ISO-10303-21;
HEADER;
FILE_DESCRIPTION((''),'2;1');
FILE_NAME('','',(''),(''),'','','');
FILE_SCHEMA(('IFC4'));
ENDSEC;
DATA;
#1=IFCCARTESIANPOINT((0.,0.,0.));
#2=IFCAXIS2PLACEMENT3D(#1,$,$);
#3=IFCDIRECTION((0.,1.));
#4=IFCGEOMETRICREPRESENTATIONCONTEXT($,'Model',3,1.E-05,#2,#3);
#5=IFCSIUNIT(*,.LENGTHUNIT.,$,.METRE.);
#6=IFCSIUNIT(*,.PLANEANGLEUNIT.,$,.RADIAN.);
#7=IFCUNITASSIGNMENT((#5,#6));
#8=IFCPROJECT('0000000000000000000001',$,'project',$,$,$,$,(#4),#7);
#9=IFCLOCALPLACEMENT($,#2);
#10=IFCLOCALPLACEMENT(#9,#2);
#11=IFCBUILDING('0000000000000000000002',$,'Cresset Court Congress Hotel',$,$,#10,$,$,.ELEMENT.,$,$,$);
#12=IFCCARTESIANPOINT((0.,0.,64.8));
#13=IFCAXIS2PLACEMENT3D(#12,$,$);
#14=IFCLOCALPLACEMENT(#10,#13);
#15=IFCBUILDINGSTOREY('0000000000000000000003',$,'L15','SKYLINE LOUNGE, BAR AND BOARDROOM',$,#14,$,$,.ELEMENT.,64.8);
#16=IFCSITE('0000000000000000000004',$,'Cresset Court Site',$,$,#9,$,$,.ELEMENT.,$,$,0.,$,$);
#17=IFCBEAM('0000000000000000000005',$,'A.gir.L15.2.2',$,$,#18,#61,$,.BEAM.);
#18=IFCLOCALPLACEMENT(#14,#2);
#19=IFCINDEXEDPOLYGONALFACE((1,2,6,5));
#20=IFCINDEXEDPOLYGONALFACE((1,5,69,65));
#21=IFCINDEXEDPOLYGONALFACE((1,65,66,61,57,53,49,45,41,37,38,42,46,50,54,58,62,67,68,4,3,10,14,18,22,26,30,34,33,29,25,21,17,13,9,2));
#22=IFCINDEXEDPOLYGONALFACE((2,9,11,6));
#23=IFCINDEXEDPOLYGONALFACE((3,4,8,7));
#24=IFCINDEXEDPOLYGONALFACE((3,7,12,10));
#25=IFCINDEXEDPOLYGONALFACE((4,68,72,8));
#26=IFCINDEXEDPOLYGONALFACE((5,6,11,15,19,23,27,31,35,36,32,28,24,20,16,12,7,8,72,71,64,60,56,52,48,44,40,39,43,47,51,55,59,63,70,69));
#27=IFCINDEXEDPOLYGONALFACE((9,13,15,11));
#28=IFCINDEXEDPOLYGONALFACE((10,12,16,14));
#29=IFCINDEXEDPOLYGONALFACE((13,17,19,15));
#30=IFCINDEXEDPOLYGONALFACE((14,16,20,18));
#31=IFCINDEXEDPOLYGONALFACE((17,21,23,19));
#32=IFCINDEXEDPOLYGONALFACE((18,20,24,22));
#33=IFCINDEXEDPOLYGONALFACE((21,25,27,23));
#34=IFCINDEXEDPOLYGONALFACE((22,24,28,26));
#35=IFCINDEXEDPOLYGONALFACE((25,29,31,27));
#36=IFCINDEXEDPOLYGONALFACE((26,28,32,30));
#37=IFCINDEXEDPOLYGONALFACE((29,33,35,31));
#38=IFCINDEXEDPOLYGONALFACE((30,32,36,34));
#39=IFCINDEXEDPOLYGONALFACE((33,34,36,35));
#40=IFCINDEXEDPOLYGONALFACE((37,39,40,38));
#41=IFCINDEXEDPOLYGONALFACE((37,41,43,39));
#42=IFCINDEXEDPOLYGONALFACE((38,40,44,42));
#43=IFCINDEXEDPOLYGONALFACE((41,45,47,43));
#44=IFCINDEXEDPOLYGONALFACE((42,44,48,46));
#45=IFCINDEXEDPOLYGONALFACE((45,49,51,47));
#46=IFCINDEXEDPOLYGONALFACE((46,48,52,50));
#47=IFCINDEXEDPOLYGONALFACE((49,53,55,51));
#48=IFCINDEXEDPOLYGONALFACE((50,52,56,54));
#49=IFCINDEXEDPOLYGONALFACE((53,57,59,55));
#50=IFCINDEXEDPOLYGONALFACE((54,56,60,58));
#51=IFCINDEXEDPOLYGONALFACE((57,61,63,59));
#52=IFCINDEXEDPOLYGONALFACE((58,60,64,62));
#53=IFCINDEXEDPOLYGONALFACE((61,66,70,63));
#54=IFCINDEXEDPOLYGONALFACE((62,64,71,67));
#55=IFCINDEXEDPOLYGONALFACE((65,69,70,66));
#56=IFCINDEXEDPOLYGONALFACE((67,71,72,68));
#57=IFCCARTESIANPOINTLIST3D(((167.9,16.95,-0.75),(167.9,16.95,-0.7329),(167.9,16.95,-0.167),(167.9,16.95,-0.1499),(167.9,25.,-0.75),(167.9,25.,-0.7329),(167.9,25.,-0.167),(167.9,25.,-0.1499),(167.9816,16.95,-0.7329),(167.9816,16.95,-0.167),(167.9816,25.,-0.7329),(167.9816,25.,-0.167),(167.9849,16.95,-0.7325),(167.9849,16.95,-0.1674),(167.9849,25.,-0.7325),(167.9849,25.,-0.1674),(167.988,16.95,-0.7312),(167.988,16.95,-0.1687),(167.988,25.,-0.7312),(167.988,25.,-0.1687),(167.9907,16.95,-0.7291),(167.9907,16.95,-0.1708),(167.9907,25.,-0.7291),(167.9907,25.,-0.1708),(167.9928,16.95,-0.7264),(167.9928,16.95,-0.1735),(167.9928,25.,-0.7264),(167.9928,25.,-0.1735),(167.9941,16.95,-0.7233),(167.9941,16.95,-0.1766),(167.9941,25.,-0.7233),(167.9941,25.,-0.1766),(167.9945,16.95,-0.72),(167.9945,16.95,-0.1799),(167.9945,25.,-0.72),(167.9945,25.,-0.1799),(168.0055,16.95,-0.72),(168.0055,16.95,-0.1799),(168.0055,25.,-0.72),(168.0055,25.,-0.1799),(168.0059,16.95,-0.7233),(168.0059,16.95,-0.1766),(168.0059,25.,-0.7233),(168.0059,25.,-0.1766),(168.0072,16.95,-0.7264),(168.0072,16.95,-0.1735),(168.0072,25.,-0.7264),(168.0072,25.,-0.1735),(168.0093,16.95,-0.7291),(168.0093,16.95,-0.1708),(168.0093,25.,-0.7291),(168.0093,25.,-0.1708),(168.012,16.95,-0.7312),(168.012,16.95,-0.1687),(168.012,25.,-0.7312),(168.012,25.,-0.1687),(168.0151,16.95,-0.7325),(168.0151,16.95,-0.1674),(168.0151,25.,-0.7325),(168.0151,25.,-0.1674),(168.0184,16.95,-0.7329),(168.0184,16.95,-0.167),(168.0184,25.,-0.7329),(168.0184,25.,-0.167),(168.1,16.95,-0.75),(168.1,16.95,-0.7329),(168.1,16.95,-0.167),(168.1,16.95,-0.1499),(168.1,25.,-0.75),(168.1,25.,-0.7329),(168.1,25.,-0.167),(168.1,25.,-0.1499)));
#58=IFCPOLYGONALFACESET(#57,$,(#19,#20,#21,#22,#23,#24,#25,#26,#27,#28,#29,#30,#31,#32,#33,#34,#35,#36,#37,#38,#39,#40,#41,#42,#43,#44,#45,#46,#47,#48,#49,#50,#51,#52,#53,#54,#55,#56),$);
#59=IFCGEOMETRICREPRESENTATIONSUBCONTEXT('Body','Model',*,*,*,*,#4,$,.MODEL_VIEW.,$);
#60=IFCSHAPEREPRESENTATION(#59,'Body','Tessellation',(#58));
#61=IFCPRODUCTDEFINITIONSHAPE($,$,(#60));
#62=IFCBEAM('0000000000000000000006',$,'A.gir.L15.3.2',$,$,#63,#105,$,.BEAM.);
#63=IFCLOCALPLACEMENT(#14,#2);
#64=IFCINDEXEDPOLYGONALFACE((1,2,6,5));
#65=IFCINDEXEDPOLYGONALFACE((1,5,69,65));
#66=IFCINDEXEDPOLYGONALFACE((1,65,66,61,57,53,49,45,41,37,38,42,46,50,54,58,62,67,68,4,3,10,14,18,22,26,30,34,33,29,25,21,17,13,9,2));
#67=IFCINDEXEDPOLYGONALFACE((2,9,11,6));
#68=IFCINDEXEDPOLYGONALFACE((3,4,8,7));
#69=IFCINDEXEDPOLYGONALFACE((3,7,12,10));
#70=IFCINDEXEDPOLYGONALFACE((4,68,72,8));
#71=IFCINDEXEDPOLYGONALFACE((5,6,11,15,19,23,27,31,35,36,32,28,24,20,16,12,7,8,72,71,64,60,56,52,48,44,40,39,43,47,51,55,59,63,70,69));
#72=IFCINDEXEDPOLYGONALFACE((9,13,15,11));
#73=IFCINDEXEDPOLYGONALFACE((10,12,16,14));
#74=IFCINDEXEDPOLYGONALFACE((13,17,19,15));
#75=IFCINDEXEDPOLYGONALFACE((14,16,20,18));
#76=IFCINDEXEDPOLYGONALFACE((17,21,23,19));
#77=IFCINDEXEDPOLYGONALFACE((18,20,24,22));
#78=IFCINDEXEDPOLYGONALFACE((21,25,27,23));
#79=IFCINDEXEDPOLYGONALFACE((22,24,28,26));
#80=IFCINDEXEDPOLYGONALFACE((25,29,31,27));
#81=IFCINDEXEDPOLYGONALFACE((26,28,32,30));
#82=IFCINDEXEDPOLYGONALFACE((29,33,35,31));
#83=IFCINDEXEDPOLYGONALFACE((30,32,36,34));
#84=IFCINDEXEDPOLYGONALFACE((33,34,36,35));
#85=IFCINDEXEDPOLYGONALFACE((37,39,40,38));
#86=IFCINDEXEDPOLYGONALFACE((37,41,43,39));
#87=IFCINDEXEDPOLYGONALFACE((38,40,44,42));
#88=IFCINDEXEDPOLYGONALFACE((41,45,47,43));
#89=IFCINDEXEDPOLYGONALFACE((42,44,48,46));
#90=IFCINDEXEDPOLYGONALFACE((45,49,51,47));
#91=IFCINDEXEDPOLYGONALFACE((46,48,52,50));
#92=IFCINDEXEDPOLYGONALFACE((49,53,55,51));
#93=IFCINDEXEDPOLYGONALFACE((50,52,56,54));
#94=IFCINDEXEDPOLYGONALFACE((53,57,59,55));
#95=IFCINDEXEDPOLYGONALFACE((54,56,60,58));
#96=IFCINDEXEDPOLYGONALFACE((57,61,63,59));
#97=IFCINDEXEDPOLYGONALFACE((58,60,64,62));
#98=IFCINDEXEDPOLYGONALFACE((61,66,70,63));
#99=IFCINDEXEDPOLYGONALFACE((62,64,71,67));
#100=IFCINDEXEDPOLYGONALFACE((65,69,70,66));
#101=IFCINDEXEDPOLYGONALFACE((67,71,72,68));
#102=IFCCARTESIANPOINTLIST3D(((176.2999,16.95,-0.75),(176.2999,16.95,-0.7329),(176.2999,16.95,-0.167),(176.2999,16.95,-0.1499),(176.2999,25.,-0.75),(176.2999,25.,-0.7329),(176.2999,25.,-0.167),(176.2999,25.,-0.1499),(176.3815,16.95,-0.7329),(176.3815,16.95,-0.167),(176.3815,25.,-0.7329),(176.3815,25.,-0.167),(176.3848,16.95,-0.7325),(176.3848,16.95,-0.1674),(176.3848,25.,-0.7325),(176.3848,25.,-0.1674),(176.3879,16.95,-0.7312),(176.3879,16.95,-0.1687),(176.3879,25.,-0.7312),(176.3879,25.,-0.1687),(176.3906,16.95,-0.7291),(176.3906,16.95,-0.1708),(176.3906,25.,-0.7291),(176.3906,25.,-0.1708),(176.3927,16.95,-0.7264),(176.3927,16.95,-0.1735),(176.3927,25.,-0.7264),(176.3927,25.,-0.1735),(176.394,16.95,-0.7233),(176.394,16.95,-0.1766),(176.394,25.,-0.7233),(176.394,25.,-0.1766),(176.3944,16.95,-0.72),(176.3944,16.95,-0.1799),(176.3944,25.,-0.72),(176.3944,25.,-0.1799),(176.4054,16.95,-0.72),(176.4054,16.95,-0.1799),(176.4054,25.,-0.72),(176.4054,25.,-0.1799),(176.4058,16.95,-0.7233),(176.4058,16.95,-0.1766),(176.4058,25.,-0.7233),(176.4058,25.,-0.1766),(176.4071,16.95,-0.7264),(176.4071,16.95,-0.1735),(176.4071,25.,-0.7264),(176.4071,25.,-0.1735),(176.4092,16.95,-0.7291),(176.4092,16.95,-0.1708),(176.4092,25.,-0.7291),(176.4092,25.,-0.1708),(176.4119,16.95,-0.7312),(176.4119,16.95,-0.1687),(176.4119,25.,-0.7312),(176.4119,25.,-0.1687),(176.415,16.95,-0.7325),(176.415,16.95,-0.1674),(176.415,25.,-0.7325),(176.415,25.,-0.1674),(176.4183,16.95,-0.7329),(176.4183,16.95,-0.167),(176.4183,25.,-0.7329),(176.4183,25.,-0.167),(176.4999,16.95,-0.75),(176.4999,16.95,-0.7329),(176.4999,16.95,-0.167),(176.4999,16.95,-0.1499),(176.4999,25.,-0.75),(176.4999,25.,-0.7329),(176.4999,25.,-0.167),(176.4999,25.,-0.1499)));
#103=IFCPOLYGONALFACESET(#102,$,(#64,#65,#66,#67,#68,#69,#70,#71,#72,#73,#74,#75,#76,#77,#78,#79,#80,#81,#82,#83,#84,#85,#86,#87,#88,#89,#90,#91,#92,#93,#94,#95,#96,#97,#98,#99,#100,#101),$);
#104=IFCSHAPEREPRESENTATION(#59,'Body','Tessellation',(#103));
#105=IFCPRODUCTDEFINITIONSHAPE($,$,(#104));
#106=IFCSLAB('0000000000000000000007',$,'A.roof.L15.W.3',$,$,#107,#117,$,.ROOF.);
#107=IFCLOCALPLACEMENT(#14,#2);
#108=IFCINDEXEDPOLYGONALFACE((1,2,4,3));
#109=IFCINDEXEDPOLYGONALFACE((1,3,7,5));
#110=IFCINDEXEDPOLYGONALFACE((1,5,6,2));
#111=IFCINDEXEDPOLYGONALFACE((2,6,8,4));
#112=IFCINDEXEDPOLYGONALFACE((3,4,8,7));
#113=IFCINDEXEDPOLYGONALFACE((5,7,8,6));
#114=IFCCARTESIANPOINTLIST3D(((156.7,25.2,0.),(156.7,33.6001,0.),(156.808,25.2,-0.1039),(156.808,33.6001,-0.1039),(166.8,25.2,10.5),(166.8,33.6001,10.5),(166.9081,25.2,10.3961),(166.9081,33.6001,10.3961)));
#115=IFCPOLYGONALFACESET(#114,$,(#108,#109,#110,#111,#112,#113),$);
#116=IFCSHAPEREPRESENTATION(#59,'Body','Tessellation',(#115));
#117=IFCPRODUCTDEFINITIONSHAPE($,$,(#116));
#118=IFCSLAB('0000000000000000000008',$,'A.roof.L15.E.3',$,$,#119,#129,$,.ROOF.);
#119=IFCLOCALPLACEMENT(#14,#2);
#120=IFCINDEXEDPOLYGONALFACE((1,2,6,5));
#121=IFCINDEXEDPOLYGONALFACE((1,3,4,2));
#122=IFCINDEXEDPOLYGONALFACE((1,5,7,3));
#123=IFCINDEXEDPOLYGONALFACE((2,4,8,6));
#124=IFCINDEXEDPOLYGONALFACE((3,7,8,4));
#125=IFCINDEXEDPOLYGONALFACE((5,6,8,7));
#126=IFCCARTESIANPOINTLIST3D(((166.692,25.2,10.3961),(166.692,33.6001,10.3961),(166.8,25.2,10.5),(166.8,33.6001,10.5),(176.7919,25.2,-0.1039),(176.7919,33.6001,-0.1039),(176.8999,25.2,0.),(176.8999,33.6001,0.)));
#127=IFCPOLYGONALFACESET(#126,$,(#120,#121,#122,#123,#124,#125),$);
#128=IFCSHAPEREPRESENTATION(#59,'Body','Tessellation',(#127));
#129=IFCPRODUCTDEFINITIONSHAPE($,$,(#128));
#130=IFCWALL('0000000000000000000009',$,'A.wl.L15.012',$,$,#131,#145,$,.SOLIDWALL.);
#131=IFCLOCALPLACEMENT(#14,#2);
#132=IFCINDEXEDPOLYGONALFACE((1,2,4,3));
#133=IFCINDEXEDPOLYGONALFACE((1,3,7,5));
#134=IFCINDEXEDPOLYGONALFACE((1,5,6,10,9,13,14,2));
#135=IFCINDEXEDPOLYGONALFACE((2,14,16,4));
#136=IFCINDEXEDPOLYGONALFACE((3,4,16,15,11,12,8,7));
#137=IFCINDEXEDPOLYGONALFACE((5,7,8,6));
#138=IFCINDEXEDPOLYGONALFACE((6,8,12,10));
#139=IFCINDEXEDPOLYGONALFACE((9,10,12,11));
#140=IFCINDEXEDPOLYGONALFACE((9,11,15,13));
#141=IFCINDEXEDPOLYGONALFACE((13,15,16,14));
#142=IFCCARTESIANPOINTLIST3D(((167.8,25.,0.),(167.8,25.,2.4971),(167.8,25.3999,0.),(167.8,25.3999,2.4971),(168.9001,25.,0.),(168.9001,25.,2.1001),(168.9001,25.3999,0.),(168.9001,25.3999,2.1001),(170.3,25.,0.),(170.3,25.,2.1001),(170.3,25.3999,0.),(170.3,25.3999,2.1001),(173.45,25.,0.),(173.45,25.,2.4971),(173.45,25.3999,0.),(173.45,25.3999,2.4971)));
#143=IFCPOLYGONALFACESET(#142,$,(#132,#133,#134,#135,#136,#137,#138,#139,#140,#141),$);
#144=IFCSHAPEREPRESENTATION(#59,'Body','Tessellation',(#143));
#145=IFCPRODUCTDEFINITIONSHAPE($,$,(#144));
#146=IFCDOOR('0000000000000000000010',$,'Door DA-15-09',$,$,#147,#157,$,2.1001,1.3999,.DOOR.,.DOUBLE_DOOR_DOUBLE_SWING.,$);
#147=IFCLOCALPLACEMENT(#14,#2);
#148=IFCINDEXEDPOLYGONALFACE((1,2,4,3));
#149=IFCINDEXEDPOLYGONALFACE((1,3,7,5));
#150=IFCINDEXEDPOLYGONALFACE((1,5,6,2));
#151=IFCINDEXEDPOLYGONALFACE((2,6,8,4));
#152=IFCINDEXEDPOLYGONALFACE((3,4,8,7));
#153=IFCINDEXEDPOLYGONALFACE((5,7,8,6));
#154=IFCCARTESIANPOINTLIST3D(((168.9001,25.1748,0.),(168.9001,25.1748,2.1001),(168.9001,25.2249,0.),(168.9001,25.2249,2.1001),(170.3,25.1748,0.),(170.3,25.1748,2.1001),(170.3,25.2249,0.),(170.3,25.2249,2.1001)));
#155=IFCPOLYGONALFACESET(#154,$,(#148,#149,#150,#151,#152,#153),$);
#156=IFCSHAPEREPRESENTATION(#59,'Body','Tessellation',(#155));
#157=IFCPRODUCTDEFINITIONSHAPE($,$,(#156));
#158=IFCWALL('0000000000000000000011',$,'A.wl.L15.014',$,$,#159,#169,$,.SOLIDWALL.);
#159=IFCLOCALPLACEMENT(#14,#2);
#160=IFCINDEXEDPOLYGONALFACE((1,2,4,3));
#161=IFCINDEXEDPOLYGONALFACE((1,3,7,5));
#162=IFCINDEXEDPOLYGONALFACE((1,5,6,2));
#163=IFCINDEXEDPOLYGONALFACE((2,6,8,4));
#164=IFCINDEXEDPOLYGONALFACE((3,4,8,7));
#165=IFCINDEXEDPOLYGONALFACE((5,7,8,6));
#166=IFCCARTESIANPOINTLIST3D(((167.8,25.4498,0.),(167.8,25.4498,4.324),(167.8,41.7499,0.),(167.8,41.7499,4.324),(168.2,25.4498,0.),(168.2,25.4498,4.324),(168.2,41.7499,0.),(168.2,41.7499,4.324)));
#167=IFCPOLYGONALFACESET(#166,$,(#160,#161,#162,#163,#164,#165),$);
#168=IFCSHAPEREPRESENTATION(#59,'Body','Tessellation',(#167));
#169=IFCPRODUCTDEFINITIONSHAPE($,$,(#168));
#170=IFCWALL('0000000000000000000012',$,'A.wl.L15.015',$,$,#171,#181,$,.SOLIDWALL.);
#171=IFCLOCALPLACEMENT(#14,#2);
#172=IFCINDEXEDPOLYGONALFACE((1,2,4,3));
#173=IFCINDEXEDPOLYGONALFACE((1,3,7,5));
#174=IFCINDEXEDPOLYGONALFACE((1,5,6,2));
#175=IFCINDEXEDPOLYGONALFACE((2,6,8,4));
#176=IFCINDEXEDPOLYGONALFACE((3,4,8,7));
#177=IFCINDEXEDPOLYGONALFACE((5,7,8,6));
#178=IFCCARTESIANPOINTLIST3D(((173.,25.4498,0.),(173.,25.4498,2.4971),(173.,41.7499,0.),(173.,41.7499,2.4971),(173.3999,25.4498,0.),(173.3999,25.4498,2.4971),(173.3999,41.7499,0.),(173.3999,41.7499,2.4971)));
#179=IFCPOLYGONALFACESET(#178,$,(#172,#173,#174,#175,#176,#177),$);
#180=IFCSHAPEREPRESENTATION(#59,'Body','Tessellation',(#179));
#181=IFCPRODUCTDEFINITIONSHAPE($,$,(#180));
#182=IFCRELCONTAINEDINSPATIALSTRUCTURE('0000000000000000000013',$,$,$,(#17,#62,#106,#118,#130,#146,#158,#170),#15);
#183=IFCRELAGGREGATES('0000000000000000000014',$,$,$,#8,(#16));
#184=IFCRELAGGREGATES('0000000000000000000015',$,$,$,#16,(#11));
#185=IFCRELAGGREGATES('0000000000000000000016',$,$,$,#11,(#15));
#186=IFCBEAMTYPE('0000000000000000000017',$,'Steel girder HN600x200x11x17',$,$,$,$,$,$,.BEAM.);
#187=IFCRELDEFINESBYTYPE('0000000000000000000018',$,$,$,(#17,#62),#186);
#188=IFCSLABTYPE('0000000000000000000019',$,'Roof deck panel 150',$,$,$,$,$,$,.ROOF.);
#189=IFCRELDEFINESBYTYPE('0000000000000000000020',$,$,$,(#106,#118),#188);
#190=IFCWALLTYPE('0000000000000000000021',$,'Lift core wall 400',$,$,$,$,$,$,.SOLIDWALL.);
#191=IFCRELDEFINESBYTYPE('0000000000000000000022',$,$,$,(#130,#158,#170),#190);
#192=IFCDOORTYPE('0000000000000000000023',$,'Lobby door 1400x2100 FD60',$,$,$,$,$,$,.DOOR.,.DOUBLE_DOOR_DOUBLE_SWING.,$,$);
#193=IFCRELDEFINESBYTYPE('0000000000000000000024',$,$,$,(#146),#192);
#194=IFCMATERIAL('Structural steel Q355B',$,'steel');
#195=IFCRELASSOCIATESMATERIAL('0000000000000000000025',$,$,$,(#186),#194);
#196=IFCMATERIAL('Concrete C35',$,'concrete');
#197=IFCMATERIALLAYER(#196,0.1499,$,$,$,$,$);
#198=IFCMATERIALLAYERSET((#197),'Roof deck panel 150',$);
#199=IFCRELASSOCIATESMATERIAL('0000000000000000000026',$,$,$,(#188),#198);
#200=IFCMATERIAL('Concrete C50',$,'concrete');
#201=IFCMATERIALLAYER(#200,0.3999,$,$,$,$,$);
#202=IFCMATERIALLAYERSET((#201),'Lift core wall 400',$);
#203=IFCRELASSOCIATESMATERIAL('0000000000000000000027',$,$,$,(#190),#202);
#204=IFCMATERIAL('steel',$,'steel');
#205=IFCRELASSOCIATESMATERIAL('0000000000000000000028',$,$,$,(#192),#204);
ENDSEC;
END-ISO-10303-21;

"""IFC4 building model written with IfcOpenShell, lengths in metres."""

from ifc_helpers import new_model, si_unit, direction, frame, frame_2d, origin, origin_2d, place, context, subcontext, project, spatial, polyline, rectangle, i_section, outline, extrude, material, layer, layer_set, material_profile, profile_set, type_object, element, fill, save


model = new_model("IFC4")

# Units and contexts
model_context = context("Model", 3, precision=1e-05, world=origin(), true_north=direction((0.0, 1.0)))
body_context = subcontext(model_context, "Body", "Model", "MODEL_VIEW")
ifc_project = project(units=[si_unit("LENGTHUNIT", "METRE"), si_unit("PLANEANGLEUNIT", "RADIAN")], contexts=[model_context])

# Site, building, storey
site_placement = place(None, origin())
site = spatial("IfcSite", under=ifc_project, at=site_placement, Name="Cresset Court Site", CompositionType="ELEMENT", RefElevation=0.0)
building_placement = place(site_placement, origin())
building = spatial("IfcBuilding", under=site, at=building_placement, Name="Cresset Court Congress Hotel", CompositionType="ELEMENT")
storey_placement = place(building_placement, frame((0.0, 0.0, 64.8)))
storey = spatial("IfcBuildingStorey", under=building, at=storey_placement, Name="L15", Description="SKYLINE LOUNGE, BAR AND BOARDROOM", CompositionType="ELEMENT", Elevation=64.8)

# Beams
ifc_material_1 = material(Name="Structural steel Q355B", Category="steel")
ifc_material_profile_1 = material_profile(ifc_material_1, i_section(OverallWidth=0.2, OverallDepth=0.6001, WebThickness=0.011, FlangeThickness=0.0171, FilletRadius=0.0129, at=origin_2d()), Name="HN600x200x11x17")
ifc_profile_set_1 = profile_set([ifc_material_profile_1], Name="Structural steel Q355B")
beam_type_1 = type_object("IfcBeamType", Name="Steel girder HN600x200x11x17", PredefinedType="BEAM", material=ifc_profile_set_1)
for number, where, z_axis, x_axis, name in (
    (1, (168.0, 16.95, -0.45), (0.0, 1.0, 0.0), (-1.0, 0.0, 0.0), "A.gir.L15.2.2"),
    (2, (176.3999, 16.95, -0.45), (0.0, 1.0, 0.0), (-1.0, 0.0, 0.0), "A.gir.L15.3.2"),
):
    element("IfcBeam", number, at=place(storey_placement, frame(where, z_axis=z_axis, x_axis=x_axis)), inside=storey, type_object=beam_type_1, Name=name, PredefinedType="BEAM", context=body_context, shape_type="SweptSolid", body=[
        extrude(i_section(OverallWidth=0.2, OverallDepth=0.6001, WebThickness=0.011, FlangeThickness=0.0171, FilletRadius=0.0129, at=origin_2d()), origin(), (0.0, 0.0, 1.0), 8.05),
    ])

# Slabs
ifc_material_2 = material(Name="Concrete C35", Category="concrete")
ifc_layer_1 = layer(ifc_material_2, 0.1499)
ifc_layer_set_1 = layer_set([ifc_layer_1], Name="Roof deck panel 150")
slab_type = type_object("IfcSlabType", Name="Roof deck panel 150", PredefinedType="ROOF", material=ifc_layer_set_1)
slab_1_placement = place(storey_placement, frame((166.8, 25.2, 10.5), z_axis=(-0.720698, 0.0, 0.693249), x_axis=(-0.693249, 0.0, -0.720698)))
element("IfcSlab", 3, at=slab_1_placement, inside=storey, type_object=slab_type, Name="A.roof.L15.W.3", PredefinedType="ROOF", context=body_context, shape_type="SweptSolid", body=[
    extrude(outline(polyline([(0.0, 0.0), (14.5692, 0.0), (14.5692, -8.4001), (0.0, -8.4001), (0.0, 0.0)])), origin(), (0.0, 0.0, -1.0), 0.1499),
])
slab_2_placement = place(storey_placement, frame((166.8, 25.2, 10.5), z_axis=(0.720706, 0.0, 0.693241), x_axis=(0.693241, 0.0, -0.720706)))
element("IfcSlab", 4, at=slab_2_placement, inside=storey, type_object=slab_type, Name="A.roof.L15.E.3", PredefinedType="ROOF", context=body_context, shape_type="SweptSolid", body=[
    extrude(outline(polyline([(0.0, 0.0), (14.569, 0.0), (14.569, 8.4001), (0.0, 8.4001), (0.0, 0.0)])), origin(), (0.0, 0.0, -1.0), 0.1499),
])

# Wall, opening, door
ifc_material_3 = material(Name="Concrete C50", Category="concrete")
ifc_layer_2 = layer(ifc_material_3, 0.3999)
ifc_layer_set_2 = layer_set([ifc_layer_2], Name="Lift core wall 400")
wall_type_1 = type_object("IfcWallType", Name="Lift core wall 400", PredefinedType="SOLIDWALL", material=ifc_layer_set_2)
wall_1_placement = place(storey_placement, frame((167.8, 25.2, 0.0), z_axis=(0.0, 0.0, 1.0), x_axis=(1.0, 0.0, 0.0)))
wall_1 = element("IfcWall", 5, at=wall_1_placement, inside=storey, type_object=wall_type_1, Name="A.wl.L15.012", PredefinedType="SOLIDWALL", context=body_context, shape_type="SweptSolid", body=[
    extrude(rectangle(XDim=5.6499, YDim=0.3999, at=frame_2d((2.825, 0.0))), origin(), (0.0, 0.0, 1.0), 2.4971),
])
opening_1_placement = place(wall_1_placement, frame((1.1001, 0.0, 0.0)))
opening_1 = element("IfcOpeningElement", 6, at=opening_1_placement, cuts=wall_1, PredefinedType="OPENING", context=body_context, shape_type="SweptSolid", body=[
    extrude(rectangle(XDim=1.3999, YDim=2.1001, at=frame_2d((0.7, 1.05))), frame((0.0, 0.21, 0.0), z_axis=(0.0, -1.0, 0.0), x_axis=(1.0, 0.0, 0.0)), (0.0, 0.0, 1.0), 0.4199),
])
ifc_material_4 = material(Name="steel", Category="steel")
door_type_1 = type_object("IfcDoorType", Name="Lobby door 1400x2100 FD60", OperationType="DOUBLE_DOOR_DOUBLE_SWING", PredefinedType="DOOR", material=ifc_material_4)
door_1_placement = place(opening_1_placement, origin())
door_1 = element("IfcDoor", 7, at=door_1_placement, inside=storey, type_object=door_type_1, Name="Door DA-15-09", OperationType="DOUBLE_DOOR_DOUBLE_SWING", OverallHeight=2.1001, OverallWidth=1.3999, PredefinedType="DOOR", context=body_context, shape_type="SweptSolid", body=[
    extrude(rectangle(XDim=1.3999, YDim=2.1001, at=frame_2d((0.7, 1.05))), frame((0.0, 0.0249, 0.0), z_axis=(0.0, -1.0, 0.0), x_axis=(1.0, 0.0, 0.0)), (0.0, 0.0, 1.0), 0.05),
])
fill(opening_1, door_1)

# Walls
wall_2_placement = place(storey_placement, frame((168.0, 25.45, 0.0), z_axis=(0.0, 0.0, 1.0), x_axis=(0.0, 1.0, 0.0)))
element("IfcWall", 8, at=wall_2_placement, inside=storey, type_object=wall_type_1, Name="A.wl.L15.014", PredefinedType="SOLIDWALL", context=body_context, shape_type="SweptSolid", body=[
    extrude(rectangle(XDim=16.3, YDim=0.3999, at=frame_2d((8.1499, 0.0))), origin(), (0.0, 0.0, 1.0), 4.324),
])
wall_3_placement = place(storey_placement, frame((173.2, 25.45, 0.0), z_axis=(0.0, 0.0, 1.0), x_axis=(0.0, 1.0, 0.0)))
element("IfcWall", 9, at=wall_3_placement, inside=storey, type_object=wall_type_1, Name="A.wl.L15.015", PredefinedType="SOLIDWALL", context=body_context, shape_type="SweptSolid", body=[
    extrude(rectangle(XDim=16.3, YDim=0.3999, at=frame_2d((8.1499, 0.0))), origin(), (0.0, 0.0, 1.0), 2.4971),
])

save(model, "model.ifc")
